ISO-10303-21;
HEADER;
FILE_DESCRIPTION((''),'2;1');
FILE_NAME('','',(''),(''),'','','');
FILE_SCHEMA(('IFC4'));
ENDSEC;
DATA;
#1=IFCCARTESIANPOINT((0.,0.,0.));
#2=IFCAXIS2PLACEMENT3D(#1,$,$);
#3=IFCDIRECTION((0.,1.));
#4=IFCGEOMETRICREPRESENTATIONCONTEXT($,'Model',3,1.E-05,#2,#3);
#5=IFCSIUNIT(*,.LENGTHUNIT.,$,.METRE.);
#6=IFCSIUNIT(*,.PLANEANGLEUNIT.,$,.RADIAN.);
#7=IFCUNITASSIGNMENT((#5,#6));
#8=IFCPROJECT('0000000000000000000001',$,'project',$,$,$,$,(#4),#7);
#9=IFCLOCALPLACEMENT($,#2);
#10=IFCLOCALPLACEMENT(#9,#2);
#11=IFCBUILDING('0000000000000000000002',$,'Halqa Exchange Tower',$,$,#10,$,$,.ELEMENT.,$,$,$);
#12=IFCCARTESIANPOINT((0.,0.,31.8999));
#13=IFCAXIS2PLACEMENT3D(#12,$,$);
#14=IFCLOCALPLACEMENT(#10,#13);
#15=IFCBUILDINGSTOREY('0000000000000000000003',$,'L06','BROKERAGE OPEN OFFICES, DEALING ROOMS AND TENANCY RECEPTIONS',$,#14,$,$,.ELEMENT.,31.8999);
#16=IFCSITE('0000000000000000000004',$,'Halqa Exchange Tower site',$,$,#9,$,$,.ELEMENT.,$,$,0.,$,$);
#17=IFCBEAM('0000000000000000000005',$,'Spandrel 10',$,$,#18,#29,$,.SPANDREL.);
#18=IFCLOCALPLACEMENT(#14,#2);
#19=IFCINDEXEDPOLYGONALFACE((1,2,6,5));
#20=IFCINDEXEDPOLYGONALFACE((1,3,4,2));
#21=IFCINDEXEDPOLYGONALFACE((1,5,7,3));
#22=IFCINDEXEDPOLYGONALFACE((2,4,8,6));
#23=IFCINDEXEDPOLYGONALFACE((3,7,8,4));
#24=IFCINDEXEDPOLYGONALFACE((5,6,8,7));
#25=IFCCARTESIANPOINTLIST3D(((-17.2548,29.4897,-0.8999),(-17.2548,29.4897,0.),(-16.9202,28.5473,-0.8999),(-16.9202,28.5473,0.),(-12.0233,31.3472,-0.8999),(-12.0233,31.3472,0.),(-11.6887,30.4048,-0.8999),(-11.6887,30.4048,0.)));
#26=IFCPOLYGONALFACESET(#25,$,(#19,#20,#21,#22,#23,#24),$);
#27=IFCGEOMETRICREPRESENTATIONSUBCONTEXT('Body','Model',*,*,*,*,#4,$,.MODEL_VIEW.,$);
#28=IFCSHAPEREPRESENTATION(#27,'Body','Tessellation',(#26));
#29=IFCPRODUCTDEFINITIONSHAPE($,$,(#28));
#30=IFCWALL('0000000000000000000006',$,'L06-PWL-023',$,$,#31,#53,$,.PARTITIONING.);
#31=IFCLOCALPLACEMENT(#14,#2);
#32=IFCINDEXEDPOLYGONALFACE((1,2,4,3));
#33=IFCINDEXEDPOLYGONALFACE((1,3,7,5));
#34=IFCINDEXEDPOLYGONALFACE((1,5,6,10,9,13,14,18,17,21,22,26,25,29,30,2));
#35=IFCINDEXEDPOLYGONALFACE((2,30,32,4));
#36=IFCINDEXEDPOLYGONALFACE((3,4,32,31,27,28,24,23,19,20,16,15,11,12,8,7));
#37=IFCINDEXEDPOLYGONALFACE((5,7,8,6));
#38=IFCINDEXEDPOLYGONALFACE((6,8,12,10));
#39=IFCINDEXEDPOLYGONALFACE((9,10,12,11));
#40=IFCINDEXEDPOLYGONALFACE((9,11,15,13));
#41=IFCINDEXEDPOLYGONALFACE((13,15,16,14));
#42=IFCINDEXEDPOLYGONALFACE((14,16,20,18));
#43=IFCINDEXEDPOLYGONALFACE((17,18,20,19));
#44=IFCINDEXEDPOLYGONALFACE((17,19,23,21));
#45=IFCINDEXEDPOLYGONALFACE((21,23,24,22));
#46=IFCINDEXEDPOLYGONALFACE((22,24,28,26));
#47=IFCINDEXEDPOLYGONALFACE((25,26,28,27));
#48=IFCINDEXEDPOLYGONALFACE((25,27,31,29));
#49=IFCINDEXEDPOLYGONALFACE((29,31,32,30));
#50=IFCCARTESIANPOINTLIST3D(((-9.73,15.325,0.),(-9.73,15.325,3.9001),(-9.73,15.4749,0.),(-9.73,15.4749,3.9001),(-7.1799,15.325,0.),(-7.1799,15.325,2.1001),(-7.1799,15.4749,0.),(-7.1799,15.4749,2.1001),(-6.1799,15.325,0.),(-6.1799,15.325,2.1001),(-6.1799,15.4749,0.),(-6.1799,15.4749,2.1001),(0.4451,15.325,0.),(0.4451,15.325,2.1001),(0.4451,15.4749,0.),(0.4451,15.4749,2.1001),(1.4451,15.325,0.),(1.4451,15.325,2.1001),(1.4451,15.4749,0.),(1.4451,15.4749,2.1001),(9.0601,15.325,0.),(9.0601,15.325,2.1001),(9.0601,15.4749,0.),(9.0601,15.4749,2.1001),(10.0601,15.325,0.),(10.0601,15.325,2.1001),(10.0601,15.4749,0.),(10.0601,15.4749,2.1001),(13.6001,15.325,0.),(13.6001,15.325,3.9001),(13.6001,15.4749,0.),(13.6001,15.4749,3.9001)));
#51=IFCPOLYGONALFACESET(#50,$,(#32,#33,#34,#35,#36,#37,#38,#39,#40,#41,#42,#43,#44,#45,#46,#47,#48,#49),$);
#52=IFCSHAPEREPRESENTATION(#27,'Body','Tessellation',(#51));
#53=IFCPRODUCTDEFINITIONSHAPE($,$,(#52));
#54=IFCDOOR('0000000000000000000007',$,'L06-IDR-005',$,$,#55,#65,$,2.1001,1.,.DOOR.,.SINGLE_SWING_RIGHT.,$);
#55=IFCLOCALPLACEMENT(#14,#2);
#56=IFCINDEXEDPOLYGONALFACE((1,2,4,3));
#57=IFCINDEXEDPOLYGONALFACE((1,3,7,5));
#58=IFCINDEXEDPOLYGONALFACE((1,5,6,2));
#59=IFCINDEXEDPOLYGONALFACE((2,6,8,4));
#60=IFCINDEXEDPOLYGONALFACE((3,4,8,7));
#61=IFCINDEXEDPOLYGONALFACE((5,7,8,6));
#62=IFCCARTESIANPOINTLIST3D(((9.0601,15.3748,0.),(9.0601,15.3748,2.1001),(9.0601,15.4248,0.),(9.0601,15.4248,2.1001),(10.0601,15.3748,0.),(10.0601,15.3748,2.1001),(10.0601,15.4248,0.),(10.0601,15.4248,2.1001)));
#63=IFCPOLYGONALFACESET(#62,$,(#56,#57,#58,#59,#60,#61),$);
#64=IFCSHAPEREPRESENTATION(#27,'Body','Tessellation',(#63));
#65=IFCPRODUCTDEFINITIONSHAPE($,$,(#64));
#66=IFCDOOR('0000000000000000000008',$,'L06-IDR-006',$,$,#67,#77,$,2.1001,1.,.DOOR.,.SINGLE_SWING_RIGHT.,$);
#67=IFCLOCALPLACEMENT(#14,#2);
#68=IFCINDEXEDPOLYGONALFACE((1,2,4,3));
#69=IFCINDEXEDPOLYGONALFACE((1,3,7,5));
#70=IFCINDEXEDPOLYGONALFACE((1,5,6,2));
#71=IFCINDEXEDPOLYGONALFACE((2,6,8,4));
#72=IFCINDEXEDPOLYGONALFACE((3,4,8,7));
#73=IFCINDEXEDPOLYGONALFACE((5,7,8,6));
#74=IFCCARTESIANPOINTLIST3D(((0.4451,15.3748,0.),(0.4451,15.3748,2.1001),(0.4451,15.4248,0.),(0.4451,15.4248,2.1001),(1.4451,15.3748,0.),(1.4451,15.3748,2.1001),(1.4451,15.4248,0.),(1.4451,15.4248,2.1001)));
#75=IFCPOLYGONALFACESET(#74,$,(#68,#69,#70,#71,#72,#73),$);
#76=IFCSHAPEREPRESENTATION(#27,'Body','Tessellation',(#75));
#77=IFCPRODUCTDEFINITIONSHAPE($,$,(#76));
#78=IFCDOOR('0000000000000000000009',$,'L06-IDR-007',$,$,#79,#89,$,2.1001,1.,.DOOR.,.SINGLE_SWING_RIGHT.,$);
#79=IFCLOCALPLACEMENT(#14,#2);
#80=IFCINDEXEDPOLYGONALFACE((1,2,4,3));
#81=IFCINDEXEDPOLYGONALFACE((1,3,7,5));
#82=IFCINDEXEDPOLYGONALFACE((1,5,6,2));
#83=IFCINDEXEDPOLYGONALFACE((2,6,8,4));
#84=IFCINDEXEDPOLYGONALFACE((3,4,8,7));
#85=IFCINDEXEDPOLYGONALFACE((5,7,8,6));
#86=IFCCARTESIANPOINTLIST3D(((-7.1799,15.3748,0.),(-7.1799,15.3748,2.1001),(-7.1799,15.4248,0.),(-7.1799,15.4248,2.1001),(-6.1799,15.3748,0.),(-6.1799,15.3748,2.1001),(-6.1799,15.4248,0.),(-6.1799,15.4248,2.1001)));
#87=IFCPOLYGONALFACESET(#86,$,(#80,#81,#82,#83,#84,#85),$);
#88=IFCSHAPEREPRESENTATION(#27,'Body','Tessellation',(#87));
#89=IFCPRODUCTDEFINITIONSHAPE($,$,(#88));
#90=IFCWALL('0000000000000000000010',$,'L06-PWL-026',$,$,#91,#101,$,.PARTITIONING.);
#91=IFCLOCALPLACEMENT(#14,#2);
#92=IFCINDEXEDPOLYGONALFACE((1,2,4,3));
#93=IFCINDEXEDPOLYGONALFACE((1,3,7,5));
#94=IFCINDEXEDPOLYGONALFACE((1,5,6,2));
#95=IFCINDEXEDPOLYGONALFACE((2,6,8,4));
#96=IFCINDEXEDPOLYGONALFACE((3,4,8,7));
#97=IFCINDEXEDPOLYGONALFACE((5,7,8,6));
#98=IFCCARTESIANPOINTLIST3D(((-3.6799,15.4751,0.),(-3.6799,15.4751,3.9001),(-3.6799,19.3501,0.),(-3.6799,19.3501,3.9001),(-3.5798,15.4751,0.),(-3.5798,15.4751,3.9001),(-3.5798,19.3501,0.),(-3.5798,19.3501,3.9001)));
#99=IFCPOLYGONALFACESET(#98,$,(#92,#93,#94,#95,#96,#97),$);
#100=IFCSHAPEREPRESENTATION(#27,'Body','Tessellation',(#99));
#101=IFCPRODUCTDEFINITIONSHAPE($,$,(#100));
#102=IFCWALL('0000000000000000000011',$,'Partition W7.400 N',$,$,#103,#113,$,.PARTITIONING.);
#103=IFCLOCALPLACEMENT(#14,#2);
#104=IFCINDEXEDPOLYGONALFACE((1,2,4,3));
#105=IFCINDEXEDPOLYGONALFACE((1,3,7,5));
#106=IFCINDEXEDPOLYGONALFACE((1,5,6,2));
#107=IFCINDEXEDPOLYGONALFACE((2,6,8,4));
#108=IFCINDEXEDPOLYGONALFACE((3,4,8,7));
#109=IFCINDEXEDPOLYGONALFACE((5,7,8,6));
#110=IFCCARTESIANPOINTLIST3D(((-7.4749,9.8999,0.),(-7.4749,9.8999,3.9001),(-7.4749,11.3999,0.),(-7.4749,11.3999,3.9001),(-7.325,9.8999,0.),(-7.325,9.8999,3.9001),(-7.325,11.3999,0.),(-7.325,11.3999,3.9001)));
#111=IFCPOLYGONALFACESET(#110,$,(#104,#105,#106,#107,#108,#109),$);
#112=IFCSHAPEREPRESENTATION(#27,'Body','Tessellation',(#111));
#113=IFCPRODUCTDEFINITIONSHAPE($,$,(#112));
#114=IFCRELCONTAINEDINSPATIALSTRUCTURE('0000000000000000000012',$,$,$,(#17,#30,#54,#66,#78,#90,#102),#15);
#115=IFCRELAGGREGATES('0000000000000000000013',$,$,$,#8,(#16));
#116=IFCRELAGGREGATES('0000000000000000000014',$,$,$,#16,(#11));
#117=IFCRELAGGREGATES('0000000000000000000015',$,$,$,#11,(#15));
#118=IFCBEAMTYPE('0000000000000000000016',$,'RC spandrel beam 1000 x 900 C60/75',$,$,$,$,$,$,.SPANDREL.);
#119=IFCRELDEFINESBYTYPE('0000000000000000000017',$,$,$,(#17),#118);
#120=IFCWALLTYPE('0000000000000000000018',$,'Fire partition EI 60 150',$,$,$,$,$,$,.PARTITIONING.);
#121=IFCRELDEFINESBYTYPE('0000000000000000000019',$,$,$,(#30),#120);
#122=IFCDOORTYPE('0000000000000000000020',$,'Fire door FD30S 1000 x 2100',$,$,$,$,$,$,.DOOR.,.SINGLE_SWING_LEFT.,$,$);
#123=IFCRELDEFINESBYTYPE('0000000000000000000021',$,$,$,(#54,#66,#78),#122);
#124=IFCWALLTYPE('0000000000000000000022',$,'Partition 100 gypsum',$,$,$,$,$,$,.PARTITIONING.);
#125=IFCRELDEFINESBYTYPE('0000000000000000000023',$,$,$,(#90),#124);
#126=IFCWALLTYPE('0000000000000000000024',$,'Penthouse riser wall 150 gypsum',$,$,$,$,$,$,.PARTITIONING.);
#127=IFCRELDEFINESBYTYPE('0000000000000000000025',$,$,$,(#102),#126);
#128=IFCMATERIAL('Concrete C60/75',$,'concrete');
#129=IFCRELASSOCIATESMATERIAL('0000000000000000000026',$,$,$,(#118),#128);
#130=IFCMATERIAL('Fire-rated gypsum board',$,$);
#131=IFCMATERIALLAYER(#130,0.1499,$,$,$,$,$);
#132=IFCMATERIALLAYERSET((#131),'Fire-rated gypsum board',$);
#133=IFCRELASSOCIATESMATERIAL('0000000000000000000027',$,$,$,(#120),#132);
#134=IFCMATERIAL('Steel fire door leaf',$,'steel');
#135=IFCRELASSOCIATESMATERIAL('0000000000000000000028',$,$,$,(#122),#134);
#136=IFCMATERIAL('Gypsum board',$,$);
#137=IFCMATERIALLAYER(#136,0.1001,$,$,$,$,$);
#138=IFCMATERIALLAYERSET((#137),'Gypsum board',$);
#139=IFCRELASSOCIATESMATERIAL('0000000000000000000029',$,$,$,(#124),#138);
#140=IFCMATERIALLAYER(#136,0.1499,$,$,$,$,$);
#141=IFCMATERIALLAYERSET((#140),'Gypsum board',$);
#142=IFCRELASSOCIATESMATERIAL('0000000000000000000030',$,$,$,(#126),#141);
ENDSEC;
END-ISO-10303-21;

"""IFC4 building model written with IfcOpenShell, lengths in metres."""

from ifc_helpers import new_model, si_unit, direction, frame, frame_2d, origin, origin_2d, place, context, subcontext, project, spatial, rectangle, extrude, material, layer, layer_set, material_profile, profile_set, type_object, element, fill, save


model = new_model("IFC4")

# Units and contexts
model_context = context("Model", 3, precision=1e-05, world=origin(), true_north=direction((0.0, 1.0)))
body_context = subcontext(model_context, "Body", "Model", "MODEL_VIEW")
ifc_project = project(units=[si_unit("LENGTHUNIT", "METRE"), si_unit("PLANEANGLEUNIT", "RADIAN")], contexts=[model_context])

# Site, building, storey
site_placement = place(None, origin())
site = spatial("IfcSite", under=ifc_project, at=site_placement, Name="Halqa Exchange Tower site", CompositionType="ELEMENT", RefElevation=0.0)
building_placement = place(site_placement, origin())
building = spatial("IfcBuilding", under=site, at=building_placement, Name="Halqa Exchange Tower", CompositionType="ELEMENT")
storey_placement = place(building_placement, frame((0.0, 0.0, 31.8999)))
storey = spatial("IfcBuildingStorey", under=building, at=storey_placement, Name="L06", Description="BROKERAGE OPEN OFFICES, DEALING ROOMS AND TENANCY RECEPTIONS", CompositionType="ELEMENT", Elevation=31.8999)

# Beam
ifc_material_1 = material(Name="Concrete C60/75", Category="concrete")
ifc_material_profile_1 = material_profile(ifc_material_1, rectangle(XDim=1.0, YDim=0.8999, at=origin_2d()), Name="1000 x 900")
ifc_profile_set_1 = profile_set([ifc_material_profile_1], Name="Concrete C60/75")
beam_type_1 = type_object("IfcBeamType", Name="RC spandrel beam 1000 x 900 C60/75", PredefinedType="SPANDREL", material=ifc_profile_set_1)
beam_1_placement = place(storey_placement, frame((-11.856, 30.876, -0.45), z_axis=(-0.942365, -0.334586, 0.0), x_axis=(0.334586, -0.942365, 0.0)))
element("IfcBeam", 1, at=beam_1_placement, inside=storey, type_object=beam_type_1, Name="Spandrel 10", PredefinedType="SPANDREL", context=body_context, shape_type="SweptSolid", body=[
    extrude(rectangle(XDim=1.0, YDim=0.8999, at=origin_2d()), origin(), (0.0, 0.0, 1.0), 5.5515),
])

# Wall, openings, doors
ifc_material_2 = material(Name="Fire-rated gypsum board")
ifc_layer_1 = layer(ifc_material_2, 0.1499)
ifc_layer_set_1 = layer_set([ifc_layer_1], Name="Fire-rated gypsum board")
wall_type_1 = type_object("IfcWallType", Name="Fire partition EI 60 150", PredefinedType="PARTITIONING", material=ifc_layer_set_1)
wall_1_placement = place(storey_placement, frame((-9.73, 15.3999, 0.0), z_axis=(0.0, 0.0, 1.0), x_axis=(1.0, 0.0, 0.0)))
wall_1 = element("IfcWall", 2, at=wall_1_placement, inside=storey, type_object=wall_type_1, Name="L06-PWL-023", PredefinedType="PARTITIONING", context=body_context, shape_type="SweptSolid", body=[
    extrude(rectangle(XDim=23.3301, YDim=0.1499, at=frame_2d((11.665, 0.0))), origin(), (0.0, 0.0, 1.0), 3.9001),
])
opening_1_placement = place(wall_1_placement, frame((18.79, 0.0, 0.0)))
opening_1 = element("IfcOpeningElement", 3, at=opening_1_placement, cuts=wall_1, PredefinedType="OPENING", context=body_context, shape_type="SweptSolid", body=[
    extrude(rectangle(XDim=1.0, YDim=2.1001, at=frame_2d((0.5, 1.05))), frame((0.0, 0.0869, 0.0), z_axis=(0.0, -1.0, 0.0), x_axis=(1.0, 0.0, 0.0)), (0.0, 0.0, 1.0), 0.1738),
])
opening_2_placement = place(wall_1_placement, frame((10.175, 0.0, 0.0)))
opening_2 = element("IfcOpeningElement", 4, at=opening_2_placement, cuts=wall_1, PredefinedType="OPENING", context=body_context, shape_type="SweptSolid", body=[
    extrude(rectangle(XDim=1.0, YDim=2.1001, at=frame_2d((0.5, 1.05))), frame((0.0, 0.0869, 0.0), z_axis=(0.0, -1.0, 0.0), x_axis=(1.0, 0.0, 0.0)), (0.0, 0.0, 1.0), 0.1738),
])
opening_3_placement = place(wall_1_placement, frame((2.55, 0.0, 0.0)))
opening_3 = element("IfcOpeningElement", 5, at=opening_3_placement, cuts=wall_1, PredefinedType="OPENING", context=body_context, shape_type="SweptSolid", body=[
    extrude(rectangle(XDim=1.0, YDim=2.1001, at=frame_2d((0.5, 1.05))), frame((0.0, 0.0869, 0.0), z_axis=(0.0, -1.0, 0.0), x_axis=(1.0, 0.0, 0.0)), (0.0, 0.0, 1.0), 0.1738),
])
ifc_material_3 = material(Name="Steel fire door leaf", Category="steel")
door_type_1 = type_object("IfcDoorType", Name="Fire door FD30S 1000 x 2100", OperationType="SINGLE_SWING_LEFT", PredefinedType="DOOR", material=ifc_material_3)
door_1_placement = place(opening_1_placement, origin())
door_1 = element("IfcDoor", 6, at=door_1_placement, inside=storey, type_object=door_type_1, Name="L06-IDR-005", OperationType="SINGLE_SWING_RIGHT", OverallHeight=2.1001, OverallWidth=1.0, PredefinedType="DOOR", context=body_context, shape_type="SweptSolid", body=[
    extrude(rectangle(XDim=1.0, YDim=2.1001, at=frame_2d((0.5, 1.05))), frame((0.0, 0.0249, 0.0), z_axis=(0.0, -1.0, 0.0), x_axis=(1.0, 0.0, 0.0)), (0.0, 0.0, 1.0), 0.05),
])
fill(opening_1, door_1)
door_2_placement = place(opening_2_placement, origin())
door_2 = element("IfcDoor", 7, at=door_2_placement, inside=storey, type_object=door_type_1, Name="L06-IDR-006", OperationType="SINGLE_SWING_RIGHT", OverallHeight=2.1001, OverallWidth=1.0, PredefinedType="DOOR", context=body_context, shape_type="SweptSolid", body=[
    extrude(rectangle(XDim=1.0, YDim=2.1001, at=frame_2d((0.5, 1.05))), frame((0.0, 0.0249, 0.0), z_axis=(0.0, -1.0, 0.0), x_axis=(1.0, 0.0, 0.0)), (0.0, 0.0, 1.0), 0.05),
])
fill(opening_2, door_2)
door_3_placement = place(opening_3_placement, origin())
door_3 = element("IfcDoor", 8, at=door_3_placement, inside=storey, type_object=door_type_1, Name="L06-IDR-007", OperationType="SINGLE_SWING_RIGHT", OverallHeight=2.1001, OverallWidth=1.0, PredefinedType="DOOR", context=body_context, shape_type="SweptSolid", body=[
    extrude(rectangle(XDim=1.0, YDim=2.1001, at=frame_2d((0.5, 1.05))), frame((0.0, 0.0249, 0.0), z_axis=(0.0, -1.0, 0.0), x_axis=(1.0, 0.0, 0.0)), (0.0, 0.0, 1.0), 0.05),
])
fill(opening_3, door_3)

# Walls
ifc_material_4 = material(Name="Gypsum board")
ifc_layer_2 = layer(ifc_material_4, 0.1001)
ifc_layer_set_2 = layer_set([ifc_layer_2], Name="Gypsum board")
wall_type_2 = type_object("IfcWallType", Name="Partition 100 gypsum", PredefinedType="PARTITIONING", material=ifc_layer_set_2)
wall_2_placement = place(storey_placement, frame((-3.6299, 15.4751, 0.0), z_axis=(0.0, 0.0, 1.0), x_axis=(0.0, 1.0, 0.0)))
element("IfcWall", 9, at=wall_2_placement, inside=storey, type_object=wall_type_2, Name="L06-PWL-026", PredefinedType="PARTITIONING", context=body_context, shape_type="SweptSolid", body=[
    extrude(rectangle(XDim=3.875, YDim=0.1001, at=frame_2d((1.9375, 0.0))), origin(), (0.0, 0.0, 1.0), 3.9001),
])
ifc_layer_3 = layer(ifc_material_4, 0.1499)
ifc_layer_set_3 = layer_set([ifc_layer_3], Name="Gypsum board")
wall_type_3 = type_object("IfcWallType", Name="Penthouse riser wall 150 gypsum", PredefinedType="PARTITIONING", material=ifc_layer_set_3)
wall_3_placement = place(storey_placement, frame((-7.3999, 9.8999, 0.0), z_axis=(0.0, 0.0, 1.0), x_axis=(0.0, 1.0, 0.0)))
element("IfcWall", 10, at=wall_3_placement, inside=storey, type_object=wall_type_3, Name="Partition W7.400 N", PredefinedType="PARTITIONING", context=body_context, shape_type="SweptSolid", body=[
    extrude(rectangle(XDim=1.5, YDim=0.1499, at=frame_2d((0.75, 0.0))), origin(), (0.0, 0.0, 1.0), 3.9001),
])

save(model, "model.ifc")
